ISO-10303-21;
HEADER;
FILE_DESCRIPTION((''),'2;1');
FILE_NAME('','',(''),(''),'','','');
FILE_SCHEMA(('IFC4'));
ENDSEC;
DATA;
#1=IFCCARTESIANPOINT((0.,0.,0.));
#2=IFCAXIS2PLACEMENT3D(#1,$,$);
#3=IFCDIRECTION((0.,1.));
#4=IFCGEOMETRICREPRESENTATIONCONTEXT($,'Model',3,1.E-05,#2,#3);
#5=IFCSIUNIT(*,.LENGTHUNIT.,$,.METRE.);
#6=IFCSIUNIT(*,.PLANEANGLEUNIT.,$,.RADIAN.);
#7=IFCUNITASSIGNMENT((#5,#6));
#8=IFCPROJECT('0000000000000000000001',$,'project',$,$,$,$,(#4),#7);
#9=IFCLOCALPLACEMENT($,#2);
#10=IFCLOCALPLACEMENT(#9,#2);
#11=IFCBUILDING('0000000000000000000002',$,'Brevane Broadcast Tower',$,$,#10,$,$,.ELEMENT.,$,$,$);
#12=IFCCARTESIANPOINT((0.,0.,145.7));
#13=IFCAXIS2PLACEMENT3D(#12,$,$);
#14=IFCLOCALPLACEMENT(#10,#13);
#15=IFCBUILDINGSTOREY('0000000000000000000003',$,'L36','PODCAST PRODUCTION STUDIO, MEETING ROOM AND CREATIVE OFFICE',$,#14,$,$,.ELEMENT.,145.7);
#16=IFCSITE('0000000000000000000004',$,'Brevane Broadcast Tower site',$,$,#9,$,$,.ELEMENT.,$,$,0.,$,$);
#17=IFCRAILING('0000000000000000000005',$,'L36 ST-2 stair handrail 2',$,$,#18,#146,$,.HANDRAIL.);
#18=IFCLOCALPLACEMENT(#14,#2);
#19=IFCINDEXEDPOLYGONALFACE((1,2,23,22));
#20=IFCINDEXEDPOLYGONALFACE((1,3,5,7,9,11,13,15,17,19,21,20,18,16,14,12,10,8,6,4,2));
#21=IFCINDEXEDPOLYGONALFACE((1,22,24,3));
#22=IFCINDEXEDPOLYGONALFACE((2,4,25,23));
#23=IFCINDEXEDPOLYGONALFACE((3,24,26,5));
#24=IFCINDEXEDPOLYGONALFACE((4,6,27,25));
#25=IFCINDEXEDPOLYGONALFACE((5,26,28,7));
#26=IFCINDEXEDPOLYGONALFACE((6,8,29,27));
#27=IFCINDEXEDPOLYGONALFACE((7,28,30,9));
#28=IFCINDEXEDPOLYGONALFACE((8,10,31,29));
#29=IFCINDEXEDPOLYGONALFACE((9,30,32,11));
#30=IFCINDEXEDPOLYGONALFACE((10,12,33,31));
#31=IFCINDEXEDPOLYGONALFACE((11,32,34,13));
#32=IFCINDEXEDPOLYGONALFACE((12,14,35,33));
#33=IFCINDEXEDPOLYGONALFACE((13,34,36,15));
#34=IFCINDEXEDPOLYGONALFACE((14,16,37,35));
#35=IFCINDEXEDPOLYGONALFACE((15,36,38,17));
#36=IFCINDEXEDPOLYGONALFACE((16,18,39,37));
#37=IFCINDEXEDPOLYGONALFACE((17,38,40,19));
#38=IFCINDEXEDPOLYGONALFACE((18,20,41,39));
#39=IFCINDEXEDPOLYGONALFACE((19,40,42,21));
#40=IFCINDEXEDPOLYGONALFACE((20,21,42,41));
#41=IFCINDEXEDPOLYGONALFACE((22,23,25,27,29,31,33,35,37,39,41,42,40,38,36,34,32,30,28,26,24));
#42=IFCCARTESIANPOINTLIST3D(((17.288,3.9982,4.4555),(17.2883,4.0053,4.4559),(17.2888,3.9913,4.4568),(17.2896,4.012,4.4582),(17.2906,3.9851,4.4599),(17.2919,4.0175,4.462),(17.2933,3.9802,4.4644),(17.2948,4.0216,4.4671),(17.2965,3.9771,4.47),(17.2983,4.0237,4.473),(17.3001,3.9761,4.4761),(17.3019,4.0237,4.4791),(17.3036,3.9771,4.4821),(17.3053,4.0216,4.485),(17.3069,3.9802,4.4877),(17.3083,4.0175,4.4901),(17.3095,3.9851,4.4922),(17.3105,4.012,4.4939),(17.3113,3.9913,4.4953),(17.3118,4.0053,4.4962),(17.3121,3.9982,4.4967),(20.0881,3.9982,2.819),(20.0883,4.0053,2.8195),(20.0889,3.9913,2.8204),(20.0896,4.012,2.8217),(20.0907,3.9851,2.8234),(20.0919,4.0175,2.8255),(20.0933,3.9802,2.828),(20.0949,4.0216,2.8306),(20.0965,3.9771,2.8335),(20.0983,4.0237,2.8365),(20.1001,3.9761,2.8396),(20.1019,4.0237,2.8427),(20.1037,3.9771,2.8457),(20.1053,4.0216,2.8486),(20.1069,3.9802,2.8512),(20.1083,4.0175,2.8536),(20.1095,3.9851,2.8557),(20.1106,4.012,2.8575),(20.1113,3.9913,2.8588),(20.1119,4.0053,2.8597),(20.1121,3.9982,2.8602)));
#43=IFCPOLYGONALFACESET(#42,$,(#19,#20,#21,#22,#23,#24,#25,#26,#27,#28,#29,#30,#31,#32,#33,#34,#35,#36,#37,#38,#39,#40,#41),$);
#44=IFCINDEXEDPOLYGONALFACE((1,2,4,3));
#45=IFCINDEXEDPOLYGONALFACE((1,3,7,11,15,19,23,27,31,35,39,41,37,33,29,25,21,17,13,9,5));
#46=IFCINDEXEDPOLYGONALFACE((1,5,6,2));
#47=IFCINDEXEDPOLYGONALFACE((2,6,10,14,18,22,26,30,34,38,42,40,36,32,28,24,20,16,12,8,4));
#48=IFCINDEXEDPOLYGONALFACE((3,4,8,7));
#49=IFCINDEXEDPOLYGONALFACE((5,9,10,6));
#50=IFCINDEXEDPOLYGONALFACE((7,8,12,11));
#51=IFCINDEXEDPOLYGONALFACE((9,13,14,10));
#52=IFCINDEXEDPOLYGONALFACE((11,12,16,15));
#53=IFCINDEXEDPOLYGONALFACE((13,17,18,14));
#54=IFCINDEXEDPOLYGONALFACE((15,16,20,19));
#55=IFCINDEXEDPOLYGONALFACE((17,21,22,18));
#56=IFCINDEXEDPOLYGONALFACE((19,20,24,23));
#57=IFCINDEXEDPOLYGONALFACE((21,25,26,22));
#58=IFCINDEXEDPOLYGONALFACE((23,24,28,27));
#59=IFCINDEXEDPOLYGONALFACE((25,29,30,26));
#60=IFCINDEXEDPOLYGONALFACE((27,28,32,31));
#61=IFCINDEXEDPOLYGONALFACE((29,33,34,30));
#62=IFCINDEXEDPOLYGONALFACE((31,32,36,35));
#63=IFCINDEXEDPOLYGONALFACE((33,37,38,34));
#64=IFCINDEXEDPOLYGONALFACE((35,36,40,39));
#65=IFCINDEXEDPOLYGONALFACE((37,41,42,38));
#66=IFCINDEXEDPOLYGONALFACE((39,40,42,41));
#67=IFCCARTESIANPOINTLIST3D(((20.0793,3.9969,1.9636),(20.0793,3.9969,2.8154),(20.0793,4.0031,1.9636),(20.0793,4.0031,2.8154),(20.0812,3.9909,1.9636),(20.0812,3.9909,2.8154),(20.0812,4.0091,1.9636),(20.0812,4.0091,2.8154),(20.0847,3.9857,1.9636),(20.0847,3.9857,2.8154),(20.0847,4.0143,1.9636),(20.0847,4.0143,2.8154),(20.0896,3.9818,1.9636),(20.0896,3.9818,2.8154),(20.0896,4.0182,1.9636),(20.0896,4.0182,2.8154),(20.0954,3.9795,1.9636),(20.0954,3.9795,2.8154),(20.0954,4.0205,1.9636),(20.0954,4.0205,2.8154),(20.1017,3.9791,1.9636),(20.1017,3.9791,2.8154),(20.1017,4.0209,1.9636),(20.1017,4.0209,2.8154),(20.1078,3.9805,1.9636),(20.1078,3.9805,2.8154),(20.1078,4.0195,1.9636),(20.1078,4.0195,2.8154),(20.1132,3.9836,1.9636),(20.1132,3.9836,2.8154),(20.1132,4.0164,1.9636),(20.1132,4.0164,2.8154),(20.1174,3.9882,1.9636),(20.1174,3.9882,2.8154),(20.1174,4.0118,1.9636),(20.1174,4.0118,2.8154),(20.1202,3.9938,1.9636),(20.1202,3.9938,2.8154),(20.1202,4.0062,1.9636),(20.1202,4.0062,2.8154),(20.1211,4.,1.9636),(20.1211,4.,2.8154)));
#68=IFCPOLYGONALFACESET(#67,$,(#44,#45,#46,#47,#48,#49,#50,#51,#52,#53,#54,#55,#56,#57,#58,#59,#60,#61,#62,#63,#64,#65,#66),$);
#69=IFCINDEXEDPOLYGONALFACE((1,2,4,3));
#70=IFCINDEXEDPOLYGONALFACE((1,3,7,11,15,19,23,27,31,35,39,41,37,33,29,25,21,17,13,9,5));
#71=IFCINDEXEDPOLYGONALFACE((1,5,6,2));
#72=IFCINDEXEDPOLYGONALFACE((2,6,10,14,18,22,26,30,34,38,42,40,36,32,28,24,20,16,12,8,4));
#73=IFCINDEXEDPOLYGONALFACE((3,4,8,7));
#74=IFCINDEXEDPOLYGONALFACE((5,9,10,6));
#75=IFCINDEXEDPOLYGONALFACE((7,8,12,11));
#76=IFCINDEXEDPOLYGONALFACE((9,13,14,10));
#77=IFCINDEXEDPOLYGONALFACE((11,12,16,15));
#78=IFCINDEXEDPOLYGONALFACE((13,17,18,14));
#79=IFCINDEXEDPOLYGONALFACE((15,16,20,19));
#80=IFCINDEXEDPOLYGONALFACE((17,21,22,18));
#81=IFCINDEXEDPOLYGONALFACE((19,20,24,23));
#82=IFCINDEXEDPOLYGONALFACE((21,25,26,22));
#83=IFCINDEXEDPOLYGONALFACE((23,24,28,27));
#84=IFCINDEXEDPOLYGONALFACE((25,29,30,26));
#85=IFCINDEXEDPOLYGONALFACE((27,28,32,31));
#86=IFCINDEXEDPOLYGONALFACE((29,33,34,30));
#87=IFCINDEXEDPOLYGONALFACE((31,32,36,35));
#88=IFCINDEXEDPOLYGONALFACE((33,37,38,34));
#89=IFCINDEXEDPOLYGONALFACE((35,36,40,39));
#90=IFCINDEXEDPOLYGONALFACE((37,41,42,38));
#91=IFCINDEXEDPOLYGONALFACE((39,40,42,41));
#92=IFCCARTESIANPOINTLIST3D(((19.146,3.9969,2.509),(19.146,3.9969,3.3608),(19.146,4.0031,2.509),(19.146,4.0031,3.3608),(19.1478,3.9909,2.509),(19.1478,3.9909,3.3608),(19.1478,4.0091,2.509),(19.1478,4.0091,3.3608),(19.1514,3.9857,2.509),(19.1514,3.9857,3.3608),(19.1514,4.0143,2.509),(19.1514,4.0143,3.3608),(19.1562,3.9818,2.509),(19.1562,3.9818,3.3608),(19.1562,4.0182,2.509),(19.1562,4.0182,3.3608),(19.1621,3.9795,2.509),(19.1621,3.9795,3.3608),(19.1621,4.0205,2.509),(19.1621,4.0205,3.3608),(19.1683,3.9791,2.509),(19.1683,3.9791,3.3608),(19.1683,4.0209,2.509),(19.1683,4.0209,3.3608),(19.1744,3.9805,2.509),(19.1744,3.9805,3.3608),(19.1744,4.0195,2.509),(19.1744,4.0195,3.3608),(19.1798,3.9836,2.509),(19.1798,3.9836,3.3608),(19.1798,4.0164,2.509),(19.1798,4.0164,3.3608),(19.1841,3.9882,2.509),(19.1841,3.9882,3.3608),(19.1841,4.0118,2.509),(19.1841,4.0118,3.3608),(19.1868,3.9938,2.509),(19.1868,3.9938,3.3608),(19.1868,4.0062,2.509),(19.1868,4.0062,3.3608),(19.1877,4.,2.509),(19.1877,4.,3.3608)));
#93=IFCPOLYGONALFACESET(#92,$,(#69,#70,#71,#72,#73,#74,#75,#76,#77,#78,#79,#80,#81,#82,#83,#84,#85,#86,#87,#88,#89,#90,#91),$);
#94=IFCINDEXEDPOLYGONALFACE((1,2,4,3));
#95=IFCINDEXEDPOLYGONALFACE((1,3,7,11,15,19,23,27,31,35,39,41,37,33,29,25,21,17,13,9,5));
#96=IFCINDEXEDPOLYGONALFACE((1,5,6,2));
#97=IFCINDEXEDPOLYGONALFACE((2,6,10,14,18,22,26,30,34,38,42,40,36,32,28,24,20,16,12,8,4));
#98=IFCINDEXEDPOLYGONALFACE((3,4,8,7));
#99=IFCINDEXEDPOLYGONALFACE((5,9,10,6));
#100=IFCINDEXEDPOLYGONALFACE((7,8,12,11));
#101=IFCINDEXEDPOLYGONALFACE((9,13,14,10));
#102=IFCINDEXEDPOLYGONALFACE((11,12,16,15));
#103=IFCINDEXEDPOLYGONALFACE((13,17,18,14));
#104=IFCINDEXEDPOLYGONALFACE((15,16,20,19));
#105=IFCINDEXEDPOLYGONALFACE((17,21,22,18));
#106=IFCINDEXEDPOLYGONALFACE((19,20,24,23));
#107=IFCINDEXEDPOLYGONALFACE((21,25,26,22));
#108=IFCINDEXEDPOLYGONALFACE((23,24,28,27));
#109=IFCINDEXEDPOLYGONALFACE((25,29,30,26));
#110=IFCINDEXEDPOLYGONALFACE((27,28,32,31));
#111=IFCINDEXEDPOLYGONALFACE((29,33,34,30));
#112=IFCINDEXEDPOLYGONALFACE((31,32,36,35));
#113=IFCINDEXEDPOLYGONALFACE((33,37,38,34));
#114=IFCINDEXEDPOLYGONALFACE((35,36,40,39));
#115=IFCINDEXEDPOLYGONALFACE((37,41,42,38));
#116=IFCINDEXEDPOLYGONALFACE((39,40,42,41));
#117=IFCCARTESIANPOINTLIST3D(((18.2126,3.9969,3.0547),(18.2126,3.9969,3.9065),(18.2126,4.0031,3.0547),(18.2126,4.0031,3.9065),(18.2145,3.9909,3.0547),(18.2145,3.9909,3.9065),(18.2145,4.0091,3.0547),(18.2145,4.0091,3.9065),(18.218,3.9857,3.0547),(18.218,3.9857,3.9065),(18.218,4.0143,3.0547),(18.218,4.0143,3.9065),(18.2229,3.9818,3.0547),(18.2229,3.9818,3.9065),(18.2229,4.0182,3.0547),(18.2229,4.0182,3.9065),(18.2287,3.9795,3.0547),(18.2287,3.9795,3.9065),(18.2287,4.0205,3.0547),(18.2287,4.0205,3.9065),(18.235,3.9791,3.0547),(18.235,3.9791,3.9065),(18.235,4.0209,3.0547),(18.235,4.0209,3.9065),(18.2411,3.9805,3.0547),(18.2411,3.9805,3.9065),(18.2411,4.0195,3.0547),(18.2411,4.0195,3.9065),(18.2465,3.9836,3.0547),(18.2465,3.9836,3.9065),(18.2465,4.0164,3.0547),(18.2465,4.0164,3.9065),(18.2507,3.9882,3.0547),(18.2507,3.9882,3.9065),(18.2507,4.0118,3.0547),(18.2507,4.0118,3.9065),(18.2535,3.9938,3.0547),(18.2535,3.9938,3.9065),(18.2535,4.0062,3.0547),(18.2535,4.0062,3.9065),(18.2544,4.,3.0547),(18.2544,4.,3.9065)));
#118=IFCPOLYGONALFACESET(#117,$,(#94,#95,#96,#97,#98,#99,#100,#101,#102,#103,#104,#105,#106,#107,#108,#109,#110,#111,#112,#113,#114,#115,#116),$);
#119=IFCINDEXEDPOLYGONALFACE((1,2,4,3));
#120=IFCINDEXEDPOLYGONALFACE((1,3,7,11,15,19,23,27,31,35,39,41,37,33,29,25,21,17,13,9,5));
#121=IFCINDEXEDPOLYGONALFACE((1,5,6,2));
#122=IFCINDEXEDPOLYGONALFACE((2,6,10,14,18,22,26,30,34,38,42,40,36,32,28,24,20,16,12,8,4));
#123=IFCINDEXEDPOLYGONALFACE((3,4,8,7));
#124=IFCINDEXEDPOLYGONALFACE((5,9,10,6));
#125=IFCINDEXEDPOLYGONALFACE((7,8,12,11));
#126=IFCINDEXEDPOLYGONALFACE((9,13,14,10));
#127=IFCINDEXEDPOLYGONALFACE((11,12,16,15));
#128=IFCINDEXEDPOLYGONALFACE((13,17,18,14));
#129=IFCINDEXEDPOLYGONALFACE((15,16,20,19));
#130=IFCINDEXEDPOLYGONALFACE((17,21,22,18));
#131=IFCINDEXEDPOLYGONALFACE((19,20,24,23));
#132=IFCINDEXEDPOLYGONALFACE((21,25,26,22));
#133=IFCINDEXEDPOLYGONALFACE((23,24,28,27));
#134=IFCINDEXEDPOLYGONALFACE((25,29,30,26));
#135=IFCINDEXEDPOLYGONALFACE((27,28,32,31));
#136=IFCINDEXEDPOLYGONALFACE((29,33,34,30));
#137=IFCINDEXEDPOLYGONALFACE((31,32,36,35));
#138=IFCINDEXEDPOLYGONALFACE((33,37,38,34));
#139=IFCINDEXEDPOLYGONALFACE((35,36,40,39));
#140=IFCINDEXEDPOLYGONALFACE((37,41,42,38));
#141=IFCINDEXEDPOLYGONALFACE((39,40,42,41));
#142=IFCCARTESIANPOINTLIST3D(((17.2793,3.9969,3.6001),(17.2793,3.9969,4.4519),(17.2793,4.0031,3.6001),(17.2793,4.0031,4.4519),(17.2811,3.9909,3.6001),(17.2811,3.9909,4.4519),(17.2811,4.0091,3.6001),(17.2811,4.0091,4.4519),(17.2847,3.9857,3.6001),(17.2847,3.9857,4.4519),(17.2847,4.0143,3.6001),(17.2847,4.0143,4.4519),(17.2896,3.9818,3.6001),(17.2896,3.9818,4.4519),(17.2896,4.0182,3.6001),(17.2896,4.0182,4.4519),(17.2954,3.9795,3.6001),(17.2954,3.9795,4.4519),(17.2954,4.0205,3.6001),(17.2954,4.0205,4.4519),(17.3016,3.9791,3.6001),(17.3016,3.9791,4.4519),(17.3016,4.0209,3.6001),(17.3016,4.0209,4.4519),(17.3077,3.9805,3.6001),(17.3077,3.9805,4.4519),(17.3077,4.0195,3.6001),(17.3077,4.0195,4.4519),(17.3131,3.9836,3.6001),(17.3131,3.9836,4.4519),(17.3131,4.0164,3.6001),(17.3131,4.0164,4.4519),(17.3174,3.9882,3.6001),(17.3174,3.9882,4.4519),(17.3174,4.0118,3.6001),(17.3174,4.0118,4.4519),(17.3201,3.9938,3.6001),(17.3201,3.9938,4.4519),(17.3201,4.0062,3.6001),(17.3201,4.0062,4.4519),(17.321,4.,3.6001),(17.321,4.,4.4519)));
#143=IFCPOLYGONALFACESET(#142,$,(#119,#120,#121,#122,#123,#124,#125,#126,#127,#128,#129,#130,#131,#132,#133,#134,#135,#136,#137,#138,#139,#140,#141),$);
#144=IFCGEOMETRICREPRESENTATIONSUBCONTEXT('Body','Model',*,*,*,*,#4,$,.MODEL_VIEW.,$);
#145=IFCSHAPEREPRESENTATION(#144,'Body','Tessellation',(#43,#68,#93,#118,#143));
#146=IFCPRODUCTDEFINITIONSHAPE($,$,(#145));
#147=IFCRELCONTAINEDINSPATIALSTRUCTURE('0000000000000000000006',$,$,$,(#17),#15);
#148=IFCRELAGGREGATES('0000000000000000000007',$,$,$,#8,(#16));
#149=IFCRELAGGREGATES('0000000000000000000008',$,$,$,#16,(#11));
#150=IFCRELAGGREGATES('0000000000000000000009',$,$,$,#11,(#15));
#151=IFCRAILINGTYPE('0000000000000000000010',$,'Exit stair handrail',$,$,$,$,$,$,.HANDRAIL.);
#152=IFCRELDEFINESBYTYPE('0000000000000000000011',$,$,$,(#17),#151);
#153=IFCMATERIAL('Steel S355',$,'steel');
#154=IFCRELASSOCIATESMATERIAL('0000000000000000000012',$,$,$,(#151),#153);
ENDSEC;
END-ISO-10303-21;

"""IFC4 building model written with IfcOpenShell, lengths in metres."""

from ifc_helpers import new_model, si_unit, direction, frame, origin, origin_2d, place, context, subcontext, project, spatial, circle, extrude, material, type_object, element, save


model = new_model("IFC4")

# Units and contexts
model_context = context("Model", 3, precision=1e-05, world=origin(), true_north=direction((0.0, 1.0)))
body_context = subcontext(model_context, "Body", "Model", "MODEL_VIEW")
ifc_project = project(units=[si_unit("LENGTHUNIT", "METRE"), si_unit("PLANEANGLEUNIT", "RADIAN")], contexts=[model_context])

# Site, building, storey
site_placement = place(None, origin())
site = spatial("IfcSite", under=ifc_project, at=site_placement, Name="Brevane Broadcast Tower site", CompositionType="ELEMENT", RefElevation=0.0)
building_placement = place(site_placement, origin())
building = spatial("IfcBuilding", under=site, at=building_placement, Name="Brevane Broadcast Tower", CompositionType="ELEMENT")
storey_placement = place(building_placement, frame((0.0, 0.0, 145.7)))
storey = spatial("IfcBuildingStorey", under=building, at=storey_placement, Name="L36", Description="PODCAST PRODUCTION STUDIO, MEETING ROOM AND CREATIVE OFFICE", CompositionType="ELEMENT", Elevation=145.7)

# Railing
ifc_material_1 = material(Name="Steel S355", Category="steel")
railing_type_1 = type_object("IfcRailingType", Name="Exit stair handrail", PredefinedType="HANDRAIL", material=ifc_material_1)
railing_1_placement = place(storey_placement, frame((20.1001, 4.0, 1.9636)))
element("IfcRailing", 1, at=railing_1_placement, inside=storey, type_object=railing_type_1, Name="L36 ST-2 stair handrail 2", PredefinedType="HANDRAIL", context=body_context, shape_type="SweptSolid", body=[
    extrude(circle(Radius=0.0239, at=origin_2d()), frame((0.0, 0.0, 0.876), z_axis=(-0.863361, 0.0, 0.504587), x_axis=(0.0, -1.0, 0.0)), (0.0, 0.0, 1.0), 3.2432),
    extrude(circle(Radius=0.021, at=origin_2d()), origin(), (0.0, 0.0, 1.0), 0.8518),
    extrude(circle(Radius=0.021, at=origin_2d()), frame((-0.9333, 0.0, 0.5454)), (0.0, 0.0, 1.0), 0.8518),
    extrude(circle(Radius=0.021, at=origin_2d()), frame((-1.8667, 0.0, 1.0911)), (0.0, 0.0, 1.0), 0.8518),
    extrude(circle(Radius=0.021, at=origin_2d()), frame((-2.8, 0.0, 1.6365)), (0.0, 0.0, 1.0), 0.8518),
])

save(model, "model.ifc")
